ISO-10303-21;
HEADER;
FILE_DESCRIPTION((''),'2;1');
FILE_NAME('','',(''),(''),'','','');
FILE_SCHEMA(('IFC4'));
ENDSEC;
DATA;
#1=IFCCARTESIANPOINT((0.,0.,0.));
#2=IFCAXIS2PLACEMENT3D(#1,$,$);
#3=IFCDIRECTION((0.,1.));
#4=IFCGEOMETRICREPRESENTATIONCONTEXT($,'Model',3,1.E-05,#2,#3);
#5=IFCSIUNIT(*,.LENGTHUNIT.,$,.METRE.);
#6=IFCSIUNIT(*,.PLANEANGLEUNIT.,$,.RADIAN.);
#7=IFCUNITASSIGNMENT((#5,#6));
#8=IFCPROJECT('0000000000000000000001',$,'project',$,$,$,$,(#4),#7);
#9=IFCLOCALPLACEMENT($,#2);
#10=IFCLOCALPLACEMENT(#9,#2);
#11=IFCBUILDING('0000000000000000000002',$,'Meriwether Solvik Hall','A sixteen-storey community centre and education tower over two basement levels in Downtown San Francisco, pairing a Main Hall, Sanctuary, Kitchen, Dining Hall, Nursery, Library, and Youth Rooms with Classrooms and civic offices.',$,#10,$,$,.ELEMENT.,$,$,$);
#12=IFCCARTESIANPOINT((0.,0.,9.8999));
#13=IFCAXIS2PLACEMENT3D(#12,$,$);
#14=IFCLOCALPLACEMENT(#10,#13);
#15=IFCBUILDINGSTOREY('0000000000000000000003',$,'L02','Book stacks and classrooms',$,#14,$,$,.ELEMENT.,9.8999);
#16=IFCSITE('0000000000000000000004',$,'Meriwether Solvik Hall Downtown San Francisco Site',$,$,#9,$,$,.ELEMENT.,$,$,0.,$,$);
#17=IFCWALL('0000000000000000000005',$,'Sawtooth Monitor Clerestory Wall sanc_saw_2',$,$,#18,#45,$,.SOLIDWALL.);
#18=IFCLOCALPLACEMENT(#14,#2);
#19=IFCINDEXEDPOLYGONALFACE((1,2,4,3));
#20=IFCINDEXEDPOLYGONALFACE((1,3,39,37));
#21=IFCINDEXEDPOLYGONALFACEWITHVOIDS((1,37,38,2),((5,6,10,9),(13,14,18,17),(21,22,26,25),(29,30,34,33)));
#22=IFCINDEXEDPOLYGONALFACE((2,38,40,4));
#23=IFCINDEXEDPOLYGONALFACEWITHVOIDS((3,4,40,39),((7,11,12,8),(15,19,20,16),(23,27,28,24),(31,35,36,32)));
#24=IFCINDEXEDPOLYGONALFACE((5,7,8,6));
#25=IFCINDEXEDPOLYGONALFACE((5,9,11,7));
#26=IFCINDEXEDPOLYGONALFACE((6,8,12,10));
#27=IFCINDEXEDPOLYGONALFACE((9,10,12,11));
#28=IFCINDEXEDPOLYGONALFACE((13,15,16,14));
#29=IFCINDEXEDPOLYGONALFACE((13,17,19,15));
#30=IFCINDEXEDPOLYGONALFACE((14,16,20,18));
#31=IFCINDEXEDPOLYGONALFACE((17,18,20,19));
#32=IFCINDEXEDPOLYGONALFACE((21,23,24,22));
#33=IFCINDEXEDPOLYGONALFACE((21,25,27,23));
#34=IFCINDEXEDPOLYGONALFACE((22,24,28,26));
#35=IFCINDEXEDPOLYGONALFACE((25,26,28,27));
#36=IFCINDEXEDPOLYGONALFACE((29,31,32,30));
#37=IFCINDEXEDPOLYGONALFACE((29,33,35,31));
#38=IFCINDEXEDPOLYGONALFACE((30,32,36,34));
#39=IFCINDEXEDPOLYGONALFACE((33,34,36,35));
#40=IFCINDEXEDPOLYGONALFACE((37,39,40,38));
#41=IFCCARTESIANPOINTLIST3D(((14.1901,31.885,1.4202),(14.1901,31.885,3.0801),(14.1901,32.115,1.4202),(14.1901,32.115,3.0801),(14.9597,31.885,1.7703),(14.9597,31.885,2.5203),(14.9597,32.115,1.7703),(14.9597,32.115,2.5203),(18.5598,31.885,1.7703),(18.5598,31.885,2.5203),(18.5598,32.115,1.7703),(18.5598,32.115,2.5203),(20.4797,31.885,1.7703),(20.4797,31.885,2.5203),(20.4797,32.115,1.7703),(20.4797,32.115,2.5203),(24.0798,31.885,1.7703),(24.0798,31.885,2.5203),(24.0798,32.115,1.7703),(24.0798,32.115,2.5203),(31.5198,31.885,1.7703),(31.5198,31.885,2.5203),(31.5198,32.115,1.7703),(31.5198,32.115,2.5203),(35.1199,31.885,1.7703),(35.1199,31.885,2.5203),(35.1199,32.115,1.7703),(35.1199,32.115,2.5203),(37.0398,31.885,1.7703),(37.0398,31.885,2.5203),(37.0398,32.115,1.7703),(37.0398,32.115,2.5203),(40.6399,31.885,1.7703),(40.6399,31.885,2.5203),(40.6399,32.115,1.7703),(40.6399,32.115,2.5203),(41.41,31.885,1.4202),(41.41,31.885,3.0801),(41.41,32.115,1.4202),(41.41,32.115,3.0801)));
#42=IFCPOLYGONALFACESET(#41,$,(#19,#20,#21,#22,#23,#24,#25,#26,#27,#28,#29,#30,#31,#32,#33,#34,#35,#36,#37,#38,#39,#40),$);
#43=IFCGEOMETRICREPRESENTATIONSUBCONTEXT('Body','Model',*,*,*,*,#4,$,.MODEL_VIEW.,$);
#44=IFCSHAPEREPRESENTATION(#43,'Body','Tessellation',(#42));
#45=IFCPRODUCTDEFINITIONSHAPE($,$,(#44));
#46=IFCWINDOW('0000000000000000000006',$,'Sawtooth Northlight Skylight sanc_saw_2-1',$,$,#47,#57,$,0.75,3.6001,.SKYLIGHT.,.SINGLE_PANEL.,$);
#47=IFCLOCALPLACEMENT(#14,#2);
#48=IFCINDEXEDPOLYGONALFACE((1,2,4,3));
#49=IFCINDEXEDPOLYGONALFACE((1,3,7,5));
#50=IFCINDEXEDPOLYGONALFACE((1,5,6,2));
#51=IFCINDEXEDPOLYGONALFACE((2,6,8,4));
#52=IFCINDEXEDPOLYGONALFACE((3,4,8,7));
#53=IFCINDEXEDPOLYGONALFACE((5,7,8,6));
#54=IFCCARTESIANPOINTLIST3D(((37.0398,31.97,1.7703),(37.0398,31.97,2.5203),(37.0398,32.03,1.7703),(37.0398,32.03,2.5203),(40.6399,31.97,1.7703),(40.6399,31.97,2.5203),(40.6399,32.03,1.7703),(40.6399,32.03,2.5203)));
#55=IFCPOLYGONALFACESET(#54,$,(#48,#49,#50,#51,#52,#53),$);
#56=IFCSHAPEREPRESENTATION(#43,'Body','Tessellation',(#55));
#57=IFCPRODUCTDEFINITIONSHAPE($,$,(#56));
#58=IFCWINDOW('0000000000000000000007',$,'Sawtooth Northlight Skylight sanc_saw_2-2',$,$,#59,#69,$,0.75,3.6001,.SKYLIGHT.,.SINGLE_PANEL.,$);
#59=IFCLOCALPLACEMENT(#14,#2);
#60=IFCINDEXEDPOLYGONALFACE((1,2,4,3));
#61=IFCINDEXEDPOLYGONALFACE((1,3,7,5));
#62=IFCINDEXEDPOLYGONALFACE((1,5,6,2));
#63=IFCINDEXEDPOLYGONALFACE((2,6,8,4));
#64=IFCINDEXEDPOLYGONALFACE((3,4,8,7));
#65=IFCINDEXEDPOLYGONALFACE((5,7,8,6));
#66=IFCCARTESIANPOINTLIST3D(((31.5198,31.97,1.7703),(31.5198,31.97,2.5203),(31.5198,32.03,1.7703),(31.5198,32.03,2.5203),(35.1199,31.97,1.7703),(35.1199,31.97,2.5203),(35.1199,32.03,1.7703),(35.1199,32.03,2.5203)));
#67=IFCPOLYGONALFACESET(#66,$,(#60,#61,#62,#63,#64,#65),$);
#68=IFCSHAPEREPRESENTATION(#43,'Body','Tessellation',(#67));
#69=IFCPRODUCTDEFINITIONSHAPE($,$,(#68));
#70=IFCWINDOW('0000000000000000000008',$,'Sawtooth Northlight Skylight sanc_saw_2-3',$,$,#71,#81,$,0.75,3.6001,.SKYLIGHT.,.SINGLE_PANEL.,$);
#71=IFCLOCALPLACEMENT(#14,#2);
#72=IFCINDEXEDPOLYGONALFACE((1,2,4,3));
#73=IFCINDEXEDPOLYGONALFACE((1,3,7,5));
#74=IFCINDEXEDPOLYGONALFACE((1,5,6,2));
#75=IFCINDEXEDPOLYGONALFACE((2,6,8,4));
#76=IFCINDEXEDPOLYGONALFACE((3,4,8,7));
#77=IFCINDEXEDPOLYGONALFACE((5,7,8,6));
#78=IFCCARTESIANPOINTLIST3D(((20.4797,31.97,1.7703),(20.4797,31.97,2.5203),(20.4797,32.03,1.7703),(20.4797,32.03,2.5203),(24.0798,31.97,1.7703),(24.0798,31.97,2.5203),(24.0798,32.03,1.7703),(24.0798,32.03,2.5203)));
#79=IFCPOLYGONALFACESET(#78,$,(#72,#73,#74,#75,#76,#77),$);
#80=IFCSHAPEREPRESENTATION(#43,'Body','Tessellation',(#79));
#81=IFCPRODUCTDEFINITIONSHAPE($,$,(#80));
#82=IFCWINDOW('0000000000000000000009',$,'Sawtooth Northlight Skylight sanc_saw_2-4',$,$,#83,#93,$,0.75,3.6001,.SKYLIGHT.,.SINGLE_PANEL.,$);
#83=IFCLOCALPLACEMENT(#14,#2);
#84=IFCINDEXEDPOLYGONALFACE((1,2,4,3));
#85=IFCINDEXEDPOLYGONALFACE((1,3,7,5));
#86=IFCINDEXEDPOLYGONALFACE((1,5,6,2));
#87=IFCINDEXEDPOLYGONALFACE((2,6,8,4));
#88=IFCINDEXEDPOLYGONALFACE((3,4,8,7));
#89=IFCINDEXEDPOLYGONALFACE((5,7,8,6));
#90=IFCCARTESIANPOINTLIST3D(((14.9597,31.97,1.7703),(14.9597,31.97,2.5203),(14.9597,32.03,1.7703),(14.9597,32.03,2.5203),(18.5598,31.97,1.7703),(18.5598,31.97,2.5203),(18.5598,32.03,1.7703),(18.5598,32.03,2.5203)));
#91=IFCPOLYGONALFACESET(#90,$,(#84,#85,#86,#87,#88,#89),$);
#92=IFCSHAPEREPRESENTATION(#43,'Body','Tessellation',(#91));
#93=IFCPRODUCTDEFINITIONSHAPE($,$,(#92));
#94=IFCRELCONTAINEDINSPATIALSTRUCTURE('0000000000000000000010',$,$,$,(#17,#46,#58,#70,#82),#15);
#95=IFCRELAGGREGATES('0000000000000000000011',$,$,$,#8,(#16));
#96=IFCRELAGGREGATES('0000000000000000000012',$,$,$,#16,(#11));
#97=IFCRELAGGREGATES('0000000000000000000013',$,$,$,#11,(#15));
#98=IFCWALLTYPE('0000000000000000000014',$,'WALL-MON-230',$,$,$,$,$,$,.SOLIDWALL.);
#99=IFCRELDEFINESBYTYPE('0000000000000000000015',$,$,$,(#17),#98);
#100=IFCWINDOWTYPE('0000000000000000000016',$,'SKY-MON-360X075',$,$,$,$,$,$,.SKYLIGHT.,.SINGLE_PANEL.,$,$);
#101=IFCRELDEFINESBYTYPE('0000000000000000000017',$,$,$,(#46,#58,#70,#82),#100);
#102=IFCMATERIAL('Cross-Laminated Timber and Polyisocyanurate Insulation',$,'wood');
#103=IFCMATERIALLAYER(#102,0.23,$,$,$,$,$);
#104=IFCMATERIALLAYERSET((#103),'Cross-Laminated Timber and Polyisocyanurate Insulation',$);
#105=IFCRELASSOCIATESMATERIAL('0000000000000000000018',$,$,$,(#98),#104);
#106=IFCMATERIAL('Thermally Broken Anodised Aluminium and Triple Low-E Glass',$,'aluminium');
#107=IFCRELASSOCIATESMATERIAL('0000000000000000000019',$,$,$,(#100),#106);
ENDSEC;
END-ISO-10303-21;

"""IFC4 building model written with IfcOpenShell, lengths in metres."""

from ifc_helpers import new_model, si_unit, direction, frame, frame_2d, origin, place, context, subcontext, project, spatial, rectangle, extrude, material, layer, layer_set, type_object, element, fill, save


model = new_model("IFC4")

# Units and contexts
model_context = context("Model", 3, precision=1e-05, world=origin(), true_north=direction((0.0, 1.0)))
body_context = subcontext(model_context, "Body", "Model", "MODEL_VIEW")
ifc_project = project(units=[si_unit("LENGTHUNIT", "METRE"), si_unit("PLANEANGLEUNIT", "RADIAN")], contexts=[model_context])

# Site, building, storey
site_placement = place(None, origin())
site = spatial("IfcSite", under=ifc_project, at=site_placement, Name="Meriwether Solvik Hall Downtown San Francisco Site", CompositionType="ELEMENT", RefElevation=0.0)
building_placement = place(site_placement, origin())
building = spatial("IfcBuilding", under=site, at=building_placement, Name="Meriwether Solvik Hall", Description="A sixteen-storey community centre and education tower over two basement levels in Downtown San Francisco, pairing a Main Hall, Sanctuary, Kitchen, Dining Hall, Nursery, Library, and Youth Rooms with Classrooms and civic offices.", CompositionType="ELEMENT")
storey_placement = place(building_placement, frame((0.0, 0.0, 9.8999)))
storey = spatial("IfcBuildingStorey", under=building, at=storey_placement, Name="L02", Description="Book stacks and classrooms", CompositionType="ELEMENT", Elevation=9.8999)

# Wall, openings, windows
ifc_material_1 = material(Name="Cross-Laminated Timber and Polyisocyanurate Insulation", Category="wood")
ifc_layer_1 = layer(ifc_material_1, 0.23)
ifc_layer_set_1 = layer_set([ifc_layer_1], Name="Cross-Laminated Timber and Polyisocyanurate Insulation")
wall_type_1 = type_object("IfcWallType", Name="WALL-MON-230", PredefinedType="SOLIDWALL", material=ifc_layer_set_1)
ifc_material_2 = material(Name="Thermally Broken Anodised Aluminium and Triple Low-E Glass", Category="aluminium")
window_type = type_object("IfcWindowType", Name="SKY-MON-360X075", PartitioningType="SINGLE_PANEL", PredefinedType="SKYLIGHT", material=ifc_material_2)
wall_1_placement = place(storey_placement, frame((41.4099, 32.0, 1.4202), z_axis=(0.0, 0.0, 1.0), x_axis=(-1.0, 0.0, 0.0)))
wall_1 = element("IfcWall", 1, at=wall_1_placement, inside=storey, type_object=wall_type_1, Name="Sawtooth Monitor Clerestory Wall sanc_saw_2", PredefinedType="SOLIDWALL", context=body_context, shape_type="SweptSolid", body=[
    extrude(rectangle(XDim=27.22, YDim=0.23, at=frame_2d((13.6099, 0.0))), origin(), (0.0, 0.0, 1.0), 1.6599),
])
opening_1_placement = place(wall_1_placement, frame((0.77, 0.0, 0.3501)))
opening_1 = element("IfcOpeningElement", 2, at=opening_1_placement, cuts=wall_1, PredefinedType="OPENING", context=body_context, shape_type="SweptSolid", body=[
    extrude(rectangle(XDim=3.6001, YDim=0.75, at=frame_2d((1.8, 0.375))), frame((0.0, 0.127, 0.0), z_axis=(0.0, -1.0, 0.0), x_axis=(1.0, 0.0, 0.0)), (0.0, 0.0, 1.0), 0.2539),
])
opening_2_placement = place(wall_1_placement, frame((6.29, 0.0, 0.3501)))
opening_2 = element("IfcOpeningElement", 3, at=opening_2_placement, cuts=wall_1, PredefinedType="OPENING", context=body_context, shape_type="SweptSolid", body=[
    extrude(rectangle(XDim=3.6001, YDim=0.75, at=frame_2d((1.8, 0.375))), frame((0.0, 0.127, 0.0), z_axis=(0.0, -1.0, 0.0), x_axis=(1.0, 0.0, 0.0)), (0.0, 0.0, 1.0), 0.2539),
])
opening_3_placement = place(wall_1_placement, frame((17.3301, 0.0, 0.3501)))
opening_3 = element("IfcOpeningElement", 4, at=opening_3_placement, cuts=wall_1, PredefinedType="OPENING", context=body_context, shape_type="SweptSolid", body=[
    extrude(rectangle(XDim=3.6001, YDim=0.75, at=frame_2d((1.8, 0.375))), frame((0.0, 0.127, 0.0), z_axis=(0.0, -1.0, 0.0), x_axis=(1.0, 0.0, 0.0)), (0.0, 0.0, 1.0), 0.2539),
])
opening_4_placement = place(wall_1_placement, frame((22.8501, 0.0, 0.3501)))
opening_4 = element("IfcOpeningElement", 5, at=opening_4_placement, cuts=wall_1, PredefinedType="OPENING", context=body_context, shape_type="SweptSolid", body=[
    extrude(rectangle(XDim=3.6001, YDim=0.75, at=frame_2d((1.8, 0.375))), frame((0.0, 0.127, 0.0), z_axis=(0.0, -1.0, 0.0), x_axis=(1.0, 0.0, 0.0)), (0.0, 0.0, 1.0), 0.2539),
])
window_1_placement = place(opening_1_placement, origin())
window_1 = element("IfcWindow", 6, at=window_1_placement, inside=storey, type_object=window_type, Name="Sawtooth Northlight Skylight sanc_saw_2-1", OverallHeight=0.75, OverallWidth=3.6001, PartitioningType="SINGLE_PANEL", PredefinedType="SKYLIGHT", context=body_context, shape_type="SweptSolid", body=[
    extrude(rectangle(XDim=3.6001, YDim=0.75, at=frame_2d((1.8, 0.375))), frame((0.0, 0.03, 0.0), z_axis=(0.0, -1.0, 0.0), x_axis=(1.0, 0.0, 0.0)), (0.0, 0.0, 1.0), 0.0601),
])
fill(opening_1, window_1)
window_2_placement = place(opening_2_placement, origin())
window_2 = element("IfcWindow", 7, at=window_2_placement, inside=storey, type_object=window_type, Name="Sawtooth Northlight Skylight sanc_saw_2-2", OverallHeight=0.75, OverallWidth=3.6001, PartitioningType="SINGLE_PANEL", PredefinedType="SKYLIGHT", context=body_context, shape_type="SweptSolid", body=[
    extrude(rectangle(XDim=3.6001, YDim=0.75, at=frame_2d((1.8, 0.375))), frame((0.0, 0.03, 0.0), z_axis=(0.0, -1.0, 0.0), x_axis=(1.0, 0.0, 0.0)), (0.0, 0.0, 1.0), 0.0601),
])
fill(opening_2, window_2)
window_3_placement = place(opening_3_placement, origin())
window_3 = element("IfcWindow", 8, at=window_3_placement, inside=storey, type_object=window_type, Name="Sawtooth Northlight Skylight sanc_saw_2-3", OverallHeight=0.75, OverallWidth=3.6001, PartitioningType="SINGLE_PANEL", PredefinedType="SKYLIGHT", context=body_context, shape_type="SweptSolid", body=[
    extrude(rectangle(XDim=3.6001, YDim=0.75, at=frame_2d((1.8, 0.375))), frame((0.0, 0.03, 0.0), z_axis=(0.0, -1.0, 0.0), x_axis=(1.0, 0.0, 0.0)), (0.0, 0.0, 1.0), 0.0601),
])
fill(opening_3, window_3)
window_4_placement = place(opening_4_placement, origin())
window_4 = element("IfcWindow", 9, at=window_4_placement, inside=storey, type_object=window_type, Name="Sawtooth Northlight Skylight sanc_saw_2-4", OverallHeight=0.75, OverallWidth=3.6001, PartitioningType="SINGLE_PANEL", PredefinedType="SKYLIGHT", context=body_context, shape_type="SweptSolid", body=[
    extrude(rectangle(XDim=3.6001, YDim=0.75, at=frame_2d((1.8, 0.375))), frame((0.0, 0.03, 0.0), z_axis=(0.0, -1.0, 0.0), x_axis=(1.0, 0.0, 0.0)), (0.0, 0.0, 1.0), 0.0601),
])
fill(opening_4, window_4)

save(model, "model.ifc")
